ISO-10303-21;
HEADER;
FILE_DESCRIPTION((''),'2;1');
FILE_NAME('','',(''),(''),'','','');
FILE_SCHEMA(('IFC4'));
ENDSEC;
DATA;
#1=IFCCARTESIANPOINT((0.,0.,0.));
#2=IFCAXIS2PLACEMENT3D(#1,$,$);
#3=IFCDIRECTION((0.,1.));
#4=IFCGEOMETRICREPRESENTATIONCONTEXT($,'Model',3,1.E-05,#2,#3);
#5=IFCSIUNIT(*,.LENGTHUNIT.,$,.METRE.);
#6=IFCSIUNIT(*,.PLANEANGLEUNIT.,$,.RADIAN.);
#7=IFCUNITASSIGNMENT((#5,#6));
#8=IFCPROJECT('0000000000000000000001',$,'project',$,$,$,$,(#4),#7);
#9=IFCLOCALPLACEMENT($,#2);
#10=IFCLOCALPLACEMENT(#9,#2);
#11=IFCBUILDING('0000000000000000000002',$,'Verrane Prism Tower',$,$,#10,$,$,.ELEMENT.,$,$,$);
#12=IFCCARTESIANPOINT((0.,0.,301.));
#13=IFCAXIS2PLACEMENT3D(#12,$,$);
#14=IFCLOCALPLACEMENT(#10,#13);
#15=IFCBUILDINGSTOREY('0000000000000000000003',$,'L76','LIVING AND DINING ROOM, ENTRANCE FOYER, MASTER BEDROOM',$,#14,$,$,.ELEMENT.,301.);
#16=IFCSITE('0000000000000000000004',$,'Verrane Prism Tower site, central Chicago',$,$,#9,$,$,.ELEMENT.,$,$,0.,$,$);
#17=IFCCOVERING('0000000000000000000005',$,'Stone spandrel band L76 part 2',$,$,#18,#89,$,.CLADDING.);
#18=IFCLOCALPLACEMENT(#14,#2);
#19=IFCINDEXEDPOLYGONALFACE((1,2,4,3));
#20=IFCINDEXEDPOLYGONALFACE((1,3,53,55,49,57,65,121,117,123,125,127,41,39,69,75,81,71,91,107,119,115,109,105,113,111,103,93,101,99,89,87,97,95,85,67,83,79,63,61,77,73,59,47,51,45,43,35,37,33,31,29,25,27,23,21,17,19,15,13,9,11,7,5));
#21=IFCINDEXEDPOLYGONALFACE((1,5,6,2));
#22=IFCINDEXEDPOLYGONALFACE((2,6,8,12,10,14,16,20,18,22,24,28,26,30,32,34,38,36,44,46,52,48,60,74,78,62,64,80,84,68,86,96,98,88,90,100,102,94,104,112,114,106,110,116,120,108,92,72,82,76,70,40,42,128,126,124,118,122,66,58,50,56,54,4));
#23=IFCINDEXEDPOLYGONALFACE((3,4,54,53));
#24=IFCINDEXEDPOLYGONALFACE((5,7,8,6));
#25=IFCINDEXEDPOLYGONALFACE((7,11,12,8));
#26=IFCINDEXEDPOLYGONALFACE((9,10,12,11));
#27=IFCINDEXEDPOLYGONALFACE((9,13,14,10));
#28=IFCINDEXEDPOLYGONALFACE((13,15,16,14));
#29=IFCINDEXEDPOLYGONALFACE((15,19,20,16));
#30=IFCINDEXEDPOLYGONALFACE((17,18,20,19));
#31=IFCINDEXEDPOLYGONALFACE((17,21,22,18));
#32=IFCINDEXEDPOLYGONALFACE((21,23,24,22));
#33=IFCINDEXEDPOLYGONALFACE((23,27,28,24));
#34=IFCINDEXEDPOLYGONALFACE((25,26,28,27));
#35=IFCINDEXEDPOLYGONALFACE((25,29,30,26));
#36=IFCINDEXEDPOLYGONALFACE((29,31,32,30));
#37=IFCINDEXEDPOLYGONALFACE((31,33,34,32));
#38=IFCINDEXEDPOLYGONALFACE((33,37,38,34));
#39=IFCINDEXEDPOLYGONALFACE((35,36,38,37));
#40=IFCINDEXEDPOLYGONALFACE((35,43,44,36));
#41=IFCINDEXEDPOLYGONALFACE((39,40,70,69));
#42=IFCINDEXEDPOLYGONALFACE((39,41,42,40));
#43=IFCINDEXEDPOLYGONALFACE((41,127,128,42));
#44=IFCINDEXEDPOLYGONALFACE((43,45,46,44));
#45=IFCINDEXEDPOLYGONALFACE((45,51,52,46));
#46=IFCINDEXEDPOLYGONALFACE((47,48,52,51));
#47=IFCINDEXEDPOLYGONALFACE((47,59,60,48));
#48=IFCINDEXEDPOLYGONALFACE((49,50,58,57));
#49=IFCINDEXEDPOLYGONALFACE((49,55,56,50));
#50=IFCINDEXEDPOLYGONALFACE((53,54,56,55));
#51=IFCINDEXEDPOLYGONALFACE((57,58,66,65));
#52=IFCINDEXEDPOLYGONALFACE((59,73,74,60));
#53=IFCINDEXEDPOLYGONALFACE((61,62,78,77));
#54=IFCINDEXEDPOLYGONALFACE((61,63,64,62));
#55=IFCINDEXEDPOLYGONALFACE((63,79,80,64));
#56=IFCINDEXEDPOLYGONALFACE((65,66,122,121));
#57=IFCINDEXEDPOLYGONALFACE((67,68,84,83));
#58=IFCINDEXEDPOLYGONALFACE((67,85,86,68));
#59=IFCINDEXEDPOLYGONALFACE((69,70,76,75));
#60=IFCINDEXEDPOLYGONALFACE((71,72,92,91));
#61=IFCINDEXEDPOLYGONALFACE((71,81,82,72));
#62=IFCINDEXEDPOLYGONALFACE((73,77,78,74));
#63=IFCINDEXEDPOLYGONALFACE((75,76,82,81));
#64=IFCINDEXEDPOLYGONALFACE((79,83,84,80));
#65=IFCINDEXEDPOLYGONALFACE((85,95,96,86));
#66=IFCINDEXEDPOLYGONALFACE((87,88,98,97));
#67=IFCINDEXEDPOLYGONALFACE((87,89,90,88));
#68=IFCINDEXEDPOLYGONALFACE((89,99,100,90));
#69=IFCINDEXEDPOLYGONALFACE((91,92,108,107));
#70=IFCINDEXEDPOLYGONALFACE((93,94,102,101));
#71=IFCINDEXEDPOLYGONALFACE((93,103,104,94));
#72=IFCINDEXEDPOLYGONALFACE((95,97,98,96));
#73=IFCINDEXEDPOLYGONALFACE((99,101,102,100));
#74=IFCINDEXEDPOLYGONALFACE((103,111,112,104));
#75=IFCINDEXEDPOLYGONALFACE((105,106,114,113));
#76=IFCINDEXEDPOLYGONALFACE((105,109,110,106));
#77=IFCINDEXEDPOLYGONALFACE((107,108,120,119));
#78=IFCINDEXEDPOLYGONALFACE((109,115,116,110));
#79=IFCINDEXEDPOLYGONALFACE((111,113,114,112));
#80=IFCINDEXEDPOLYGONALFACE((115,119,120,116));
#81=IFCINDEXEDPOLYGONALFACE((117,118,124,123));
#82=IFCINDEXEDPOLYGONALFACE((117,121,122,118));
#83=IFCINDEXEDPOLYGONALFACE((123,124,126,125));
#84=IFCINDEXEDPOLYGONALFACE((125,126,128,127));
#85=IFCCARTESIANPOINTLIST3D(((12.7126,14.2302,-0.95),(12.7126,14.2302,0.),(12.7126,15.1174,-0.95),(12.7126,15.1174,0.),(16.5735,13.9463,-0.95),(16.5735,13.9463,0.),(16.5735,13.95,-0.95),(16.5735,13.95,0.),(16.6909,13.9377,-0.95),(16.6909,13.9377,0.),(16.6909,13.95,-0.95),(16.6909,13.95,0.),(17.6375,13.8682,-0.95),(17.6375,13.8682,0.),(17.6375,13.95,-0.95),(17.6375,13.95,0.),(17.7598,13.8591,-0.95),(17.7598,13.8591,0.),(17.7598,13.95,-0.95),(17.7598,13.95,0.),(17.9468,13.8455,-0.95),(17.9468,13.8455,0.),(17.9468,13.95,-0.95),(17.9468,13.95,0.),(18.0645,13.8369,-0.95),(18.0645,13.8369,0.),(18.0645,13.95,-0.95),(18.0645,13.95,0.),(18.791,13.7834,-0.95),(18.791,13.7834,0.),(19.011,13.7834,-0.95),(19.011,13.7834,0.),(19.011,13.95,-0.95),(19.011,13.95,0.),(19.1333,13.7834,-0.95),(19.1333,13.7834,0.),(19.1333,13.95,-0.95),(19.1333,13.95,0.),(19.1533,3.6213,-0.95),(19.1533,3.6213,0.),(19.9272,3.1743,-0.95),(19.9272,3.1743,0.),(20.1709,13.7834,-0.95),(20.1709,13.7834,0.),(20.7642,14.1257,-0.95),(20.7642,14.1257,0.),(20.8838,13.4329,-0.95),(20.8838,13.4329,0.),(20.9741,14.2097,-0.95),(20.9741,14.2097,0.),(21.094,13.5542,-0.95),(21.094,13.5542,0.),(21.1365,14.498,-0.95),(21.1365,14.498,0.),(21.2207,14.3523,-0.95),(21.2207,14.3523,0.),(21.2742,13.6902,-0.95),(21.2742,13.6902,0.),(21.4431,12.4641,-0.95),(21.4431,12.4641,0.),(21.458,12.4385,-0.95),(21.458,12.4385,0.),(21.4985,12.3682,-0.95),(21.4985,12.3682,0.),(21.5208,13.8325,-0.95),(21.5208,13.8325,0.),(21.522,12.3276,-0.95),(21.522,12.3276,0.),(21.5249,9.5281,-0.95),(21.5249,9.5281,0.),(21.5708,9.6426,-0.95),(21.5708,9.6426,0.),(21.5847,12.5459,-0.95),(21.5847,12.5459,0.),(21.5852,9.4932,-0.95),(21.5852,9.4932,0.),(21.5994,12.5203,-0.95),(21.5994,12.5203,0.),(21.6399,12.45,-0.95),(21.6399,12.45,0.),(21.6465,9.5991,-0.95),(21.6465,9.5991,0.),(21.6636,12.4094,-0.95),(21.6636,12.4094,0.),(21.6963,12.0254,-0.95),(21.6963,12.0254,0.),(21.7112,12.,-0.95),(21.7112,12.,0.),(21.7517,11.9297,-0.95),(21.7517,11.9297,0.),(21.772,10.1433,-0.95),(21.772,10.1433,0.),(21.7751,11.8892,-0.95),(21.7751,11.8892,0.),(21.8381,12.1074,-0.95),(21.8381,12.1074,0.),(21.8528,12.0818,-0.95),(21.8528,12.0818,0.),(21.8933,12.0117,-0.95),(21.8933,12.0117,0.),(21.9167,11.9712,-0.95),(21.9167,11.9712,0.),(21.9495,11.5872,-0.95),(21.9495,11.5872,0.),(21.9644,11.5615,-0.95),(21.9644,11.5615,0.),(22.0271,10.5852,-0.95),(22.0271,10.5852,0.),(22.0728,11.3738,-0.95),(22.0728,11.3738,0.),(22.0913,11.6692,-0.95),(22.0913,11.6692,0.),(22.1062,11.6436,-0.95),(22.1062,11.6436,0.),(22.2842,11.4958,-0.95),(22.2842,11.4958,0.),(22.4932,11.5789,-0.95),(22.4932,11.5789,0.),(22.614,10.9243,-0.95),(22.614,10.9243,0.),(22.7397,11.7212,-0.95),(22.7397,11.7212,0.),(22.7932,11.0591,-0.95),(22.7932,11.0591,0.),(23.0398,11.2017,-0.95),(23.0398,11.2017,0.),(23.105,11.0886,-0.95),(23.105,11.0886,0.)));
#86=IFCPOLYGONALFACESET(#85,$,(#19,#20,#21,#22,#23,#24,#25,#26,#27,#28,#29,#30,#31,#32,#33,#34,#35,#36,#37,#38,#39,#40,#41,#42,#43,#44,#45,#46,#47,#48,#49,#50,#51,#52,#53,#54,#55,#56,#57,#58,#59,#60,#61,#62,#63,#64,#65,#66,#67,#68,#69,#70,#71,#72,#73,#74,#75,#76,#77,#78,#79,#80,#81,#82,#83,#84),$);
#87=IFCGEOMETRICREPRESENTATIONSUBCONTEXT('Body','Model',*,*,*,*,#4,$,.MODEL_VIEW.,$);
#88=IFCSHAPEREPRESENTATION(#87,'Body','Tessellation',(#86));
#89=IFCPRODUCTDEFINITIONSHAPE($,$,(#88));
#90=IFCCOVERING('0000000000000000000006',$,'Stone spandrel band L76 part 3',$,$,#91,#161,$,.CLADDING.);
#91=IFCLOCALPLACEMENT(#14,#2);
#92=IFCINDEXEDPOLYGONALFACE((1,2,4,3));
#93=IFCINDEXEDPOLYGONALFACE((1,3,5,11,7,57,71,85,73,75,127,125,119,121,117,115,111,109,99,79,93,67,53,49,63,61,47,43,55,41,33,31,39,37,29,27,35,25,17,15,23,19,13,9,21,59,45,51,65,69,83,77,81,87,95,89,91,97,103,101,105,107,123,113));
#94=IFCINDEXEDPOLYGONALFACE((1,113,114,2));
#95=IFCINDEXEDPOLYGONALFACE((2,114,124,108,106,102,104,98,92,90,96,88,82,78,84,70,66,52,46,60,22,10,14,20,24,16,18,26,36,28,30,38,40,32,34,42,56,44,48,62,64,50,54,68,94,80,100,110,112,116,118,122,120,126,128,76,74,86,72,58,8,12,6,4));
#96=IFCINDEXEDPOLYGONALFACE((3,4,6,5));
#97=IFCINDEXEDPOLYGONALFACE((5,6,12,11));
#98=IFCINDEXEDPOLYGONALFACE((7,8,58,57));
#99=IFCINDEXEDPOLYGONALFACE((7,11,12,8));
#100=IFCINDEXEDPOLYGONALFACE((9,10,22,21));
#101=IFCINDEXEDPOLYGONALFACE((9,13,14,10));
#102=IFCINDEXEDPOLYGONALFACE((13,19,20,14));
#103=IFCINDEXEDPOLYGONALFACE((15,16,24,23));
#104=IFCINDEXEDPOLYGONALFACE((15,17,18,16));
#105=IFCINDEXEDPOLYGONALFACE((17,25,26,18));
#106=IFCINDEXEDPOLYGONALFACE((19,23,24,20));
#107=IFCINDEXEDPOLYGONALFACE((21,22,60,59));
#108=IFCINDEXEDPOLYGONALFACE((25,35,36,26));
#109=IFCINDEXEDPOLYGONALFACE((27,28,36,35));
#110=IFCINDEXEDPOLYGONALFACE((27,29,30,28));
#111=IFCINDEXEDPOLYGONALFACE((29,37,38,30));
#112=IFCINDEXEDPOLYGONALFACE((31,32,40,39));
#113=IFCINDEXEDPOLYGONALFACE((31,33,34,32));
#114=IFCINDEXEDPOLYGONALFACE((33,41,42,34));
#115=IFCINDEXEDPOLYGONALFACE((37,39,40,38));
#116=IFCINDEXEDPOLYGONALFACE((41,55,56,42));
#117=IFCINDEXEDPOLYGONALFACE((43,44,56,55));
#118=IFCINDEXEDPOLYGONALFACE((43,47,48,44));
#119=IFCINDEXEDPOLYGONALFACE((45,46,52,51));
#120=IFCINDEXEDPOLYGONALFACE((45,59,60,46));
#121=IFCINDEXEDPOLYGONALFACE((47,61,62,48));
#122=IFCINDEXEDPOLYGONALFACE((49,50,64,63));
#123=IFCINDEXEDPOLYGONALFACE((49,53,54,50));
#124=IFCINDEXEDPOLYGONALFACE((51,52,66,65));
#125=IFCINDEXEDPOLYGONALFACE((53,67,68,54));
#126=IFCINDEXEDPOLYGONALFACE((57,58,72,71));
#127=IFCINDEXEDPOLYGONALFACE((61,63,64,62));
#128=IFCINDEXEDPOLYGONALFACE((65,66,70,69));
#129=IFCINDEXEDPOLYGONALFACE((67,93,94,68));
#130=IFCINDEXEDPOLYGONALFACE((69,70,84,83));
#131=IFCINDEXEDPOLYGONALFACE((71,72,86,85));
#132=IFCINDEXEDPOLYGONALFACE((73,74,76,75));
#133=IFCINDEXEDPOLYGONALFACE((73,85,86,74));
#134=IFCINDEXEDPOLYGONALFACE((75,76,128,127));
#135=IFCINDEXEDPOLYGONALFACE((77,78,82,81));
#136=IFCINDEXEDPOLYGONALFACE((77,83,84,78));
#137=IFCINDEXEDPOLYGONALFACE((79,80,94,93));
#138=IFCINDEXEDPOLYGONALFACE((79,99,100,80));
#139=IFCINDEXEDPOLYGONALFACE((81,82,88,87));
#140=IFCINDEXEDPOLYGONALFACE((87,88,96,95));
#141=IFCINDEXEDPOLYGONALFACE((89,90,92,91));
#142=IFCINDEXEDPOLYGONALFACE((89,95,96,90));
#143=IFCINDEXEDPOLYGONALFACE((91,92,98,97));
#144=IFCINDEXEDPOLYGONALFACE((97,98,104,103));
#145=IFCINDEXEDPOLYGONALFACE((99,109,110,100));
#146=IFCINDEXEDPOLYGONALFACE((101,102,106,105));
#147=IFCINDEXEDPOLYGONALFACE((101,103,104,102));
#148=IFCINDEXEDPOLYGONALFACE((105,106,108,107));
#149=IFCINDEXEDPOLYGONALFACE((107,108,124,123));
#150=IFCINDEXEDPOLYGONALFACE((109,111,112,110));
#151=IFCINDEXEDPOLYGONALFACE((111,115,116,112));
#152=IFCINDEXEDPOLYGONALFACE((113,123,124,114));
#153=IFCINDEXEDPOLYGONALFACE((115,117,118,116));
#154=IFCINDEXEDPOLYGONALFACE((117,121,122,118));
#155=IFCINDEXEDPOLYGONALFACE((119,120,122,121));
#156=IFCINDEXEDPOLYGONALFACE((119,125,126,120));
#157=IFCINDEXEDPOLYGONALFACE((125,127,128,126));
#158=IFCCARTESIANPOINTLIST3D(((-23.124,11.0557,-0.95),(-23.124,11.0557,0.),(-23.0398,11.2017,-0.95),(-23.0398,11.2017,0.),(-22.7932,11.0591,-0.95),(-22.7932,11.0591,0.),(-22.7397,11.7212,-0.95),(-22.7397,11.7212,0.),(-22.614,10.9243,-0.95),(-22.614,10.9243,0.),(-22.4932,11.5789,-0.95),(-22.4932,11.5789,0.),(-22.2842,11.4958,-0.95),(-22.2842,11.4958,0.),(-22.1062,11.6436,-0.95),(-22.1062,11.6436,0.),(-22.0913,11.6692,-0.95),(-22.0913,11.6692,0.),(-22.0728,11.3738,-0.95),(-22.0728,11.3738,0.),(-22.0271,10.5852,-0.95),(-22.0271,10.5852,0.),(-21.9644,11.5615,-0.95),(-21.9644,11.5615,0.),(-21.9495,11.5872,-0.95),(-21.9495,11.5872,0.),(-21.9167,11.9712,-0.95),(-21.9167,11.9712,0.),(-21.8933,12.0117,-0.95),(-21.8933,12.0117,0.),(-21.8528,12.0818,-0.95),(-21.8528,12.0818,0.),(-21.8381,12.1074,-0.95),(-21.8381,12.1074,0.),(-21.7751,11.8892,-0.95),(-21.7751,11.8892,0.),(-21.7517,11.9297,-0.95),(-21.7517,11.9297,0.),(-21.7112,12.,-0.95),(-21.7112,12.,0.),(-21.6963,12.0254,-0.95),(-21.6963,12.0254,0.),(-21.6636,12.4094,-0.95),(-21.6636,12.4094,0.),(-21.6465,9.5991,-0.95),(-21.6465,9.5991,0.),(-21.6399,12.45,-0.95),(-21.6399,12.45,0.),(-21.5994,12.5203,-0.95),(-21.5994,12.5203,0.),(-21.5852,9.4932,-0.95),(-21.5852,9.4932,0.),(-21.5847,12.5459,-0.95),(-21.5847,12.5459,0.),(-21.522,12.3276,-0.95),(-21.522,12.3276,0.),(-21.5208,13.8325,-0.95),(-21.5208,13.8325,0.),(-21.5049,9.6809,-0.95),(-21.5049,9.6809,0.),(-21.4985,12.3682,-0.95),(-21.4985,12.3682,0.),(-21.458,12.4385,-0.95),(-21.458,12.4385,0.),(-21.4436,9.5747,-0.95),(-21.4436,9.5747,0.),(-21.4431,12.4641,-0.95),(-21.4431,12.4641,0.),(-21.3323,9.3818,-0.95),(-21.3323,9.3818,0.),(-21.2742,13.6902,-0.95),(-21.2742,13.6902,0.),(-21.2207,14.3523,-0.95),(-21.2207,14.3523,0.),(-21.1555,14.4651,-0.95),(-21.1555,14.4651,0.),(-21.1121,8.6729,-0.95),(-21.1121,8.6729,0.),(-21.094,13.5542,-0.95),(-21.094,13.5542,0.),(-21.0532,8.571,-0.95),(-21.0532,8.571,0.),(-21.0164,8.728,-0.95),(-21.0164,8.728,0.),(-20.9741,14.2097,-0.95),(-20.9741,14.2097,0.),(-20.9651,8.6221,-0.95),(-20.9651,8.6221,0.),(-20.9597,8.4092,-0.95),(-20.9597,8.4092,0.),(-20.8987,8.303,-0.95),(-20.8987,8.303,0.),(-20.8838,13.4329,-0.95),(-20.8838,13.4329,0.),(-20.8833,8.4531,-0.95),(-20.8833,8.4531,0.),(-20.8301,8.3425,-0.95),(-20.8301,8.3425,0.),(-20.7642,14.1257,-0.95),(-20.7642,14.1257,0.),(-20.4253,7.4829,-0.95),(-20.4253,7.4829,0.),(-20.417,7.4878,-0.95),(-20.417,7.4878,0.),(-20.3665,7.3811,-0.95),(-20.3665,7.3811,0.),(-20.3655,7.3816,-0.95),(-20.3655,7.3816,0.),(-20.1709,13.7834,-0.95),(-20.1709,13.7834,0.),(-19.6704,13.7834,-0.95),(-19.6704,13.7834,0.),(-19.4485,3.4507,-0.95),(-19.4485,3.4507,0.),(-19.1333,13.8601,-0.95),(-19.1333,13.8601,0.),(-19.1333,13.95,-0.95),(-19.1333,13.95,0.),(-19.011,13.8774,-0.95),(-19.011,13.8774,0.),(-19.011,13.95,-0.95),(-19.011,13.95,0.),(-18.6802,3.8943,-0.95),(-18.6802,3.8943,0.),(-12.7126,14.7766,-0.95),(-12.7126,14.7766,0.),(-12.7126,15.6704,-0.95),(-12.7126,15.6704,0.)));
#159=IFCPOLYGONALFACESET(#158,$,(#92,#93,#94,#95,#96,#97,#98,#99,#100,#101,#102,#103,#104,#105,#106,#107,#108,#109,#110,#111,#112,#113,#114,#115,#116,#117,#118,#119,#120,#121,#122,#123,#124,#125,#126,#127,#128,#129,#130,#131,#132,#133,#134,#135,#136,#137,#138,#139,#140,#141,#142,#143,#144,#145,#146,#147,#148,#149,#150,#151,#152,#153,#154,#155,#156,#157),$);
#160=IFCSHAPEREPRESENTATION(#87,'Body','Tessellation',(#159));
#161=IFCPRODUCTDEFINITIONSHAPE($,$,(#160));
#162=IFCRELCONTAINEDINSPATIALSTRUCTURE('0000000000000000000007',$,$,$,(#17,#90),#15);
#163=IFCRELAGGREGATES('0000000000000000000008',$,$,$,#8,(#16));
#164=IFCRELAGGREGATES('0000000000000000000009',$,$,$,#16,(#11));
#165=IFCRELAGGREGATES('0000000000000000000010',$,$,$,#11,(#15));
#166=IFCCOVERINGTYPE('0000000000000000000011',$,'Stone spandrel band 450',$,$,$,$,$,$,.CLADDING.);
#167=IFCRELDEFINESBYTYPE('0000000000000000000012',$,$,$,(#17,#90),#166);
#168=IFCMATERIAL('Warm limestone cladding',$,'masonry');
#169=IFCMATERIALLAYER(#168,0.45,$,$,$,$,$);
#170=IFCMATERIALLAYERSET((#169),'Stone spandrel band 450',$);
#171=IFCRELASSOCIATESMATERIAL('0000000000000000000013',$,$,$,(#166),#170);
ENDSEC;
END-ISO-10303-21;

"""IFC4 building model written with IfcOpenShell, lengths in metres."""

from ifc_helpers import new_model, si_unit, direction, frame, origin, place, context, subcontext, project, spatial, polyline, outline, extrude, material, layer, layer_set, type_object, element, save


model = new_model("IFC4")

# Units and contexts
model_context = context("Model", 3, precision=1e-05, world=origin(), true_north=direction((0.0, 1.0)))
body_context = subcontext(model_context, "Body", "Model", "MODEL_VIEW")
ifc_project = project(units=[si_unit("LENGTHUNIT", "METRE"), si_unit("PLANEANGLEUNIT", "RADIAN")], contexts=[model_context])

# Site, building, storey
site_placement = place(None, origin())
site = spatial("IfcSite", under=ifc_project, at=site_placement, Name="Verrane Prism Tower site, central Chicago", CompositionType="ELEMENT", RefElevation=0.0)
building_placement = place(site_placement, origin())
building = spatial("IfcBuilding", under=site, at=building_placement, Name="Verrane Prism Tower", CompositionType="ELEMENT")
storey_placement = place(building_placement, frame((0.0, 0.0, 301.0)))
storey = spatial("IfcBuildingStorey", under=building, at=storey_placement, Name="L76", Description="LIVING AND DINING ROOM, ENTRANCE FOYER, MASTER BEDROOM", CompositionType="ELEMENT", Elevation=301.0)

# Coverings
ifc_material_1 = material(Name="Warm limestone cladding", Category="masonry")
ifc_layer_1 = layer(ifc_material_1, 0.45)
ifc_layer_set_1 = layer_set([ifc_layer_1], Name="Stone spandrel band 450")
covering_type = type_object("IfcCoveringType", Name="Stone spandrel band 450", PredefinedType="CLADDING", material=ifc_layer_set_1)
covering_1_placement = place(storey_placement, frame((0.0, 0.0, -0.95)))
element("IfcCovering", 1, at=covering_1_placement, inside=storey, type_object=covering_type, Name="Stone spandrel band L76 part 2", PredefinedType="CLADDING", context=body_context, shape_type="SweptSolid", body=[
    extrude(outline(polyline([(12.7126, 14.2302), (16.5735, 13.9463), (16.5735, 13.95), (16.6909, 13.95), (16.6909, 13.9377), (17.6375, 13.8682), (17.6375, 13.95), (17.7598, 13.95), (17.7598, 13.8591), (17.9468, 13.8455), (17.9468, 13.95), (18.0645, 13.95), (18.0645, 13.8369), (18.791, 13.7834), (19.011, 13.7834), (19.011, 13.95), (19.1333, 13.95), (19.1333, 13.7834), (20.1709, 13.7834), (20.7642, 14.1257), (21.094, 13.5542), (20.8838, 13.4329), (21.4431, 12.4641), (21.5847, 12.5459), (21.5994, 12.5203), (21.458, 12.4385), (21.4985, 12.3682), (21.6399, 12.45), (21.6636, 12.4094), (21.522, 12.3276), (21.6963, 12.0254), (21.8381, 12.1074), (21.8528, 12.0818), (21.7112, 12.0), (21.7517, 11.9297), (21.8933, 12.0117), (21.9167, 11.9712), (21.7751, 11.8892), (21.9495, 11.5872), (22.0913, 11.6692), (22.1062, 11.6436), (21.9644, 11.5615), (22.0728, 11.3738), (22.2842, 11.4958), (22.614, 10.9243), (22.0271, 10.5852), (21.772, 10.1433), (21.5708, 9.6426), (21.6465, 9.5991), (21.5852, 9.4932), (21.5249, 9.5281), (19.1533, 3.6213), (19.9272, 3.1743), (23.105, 11.0886), (23.0398, 11.2017), (22.7932, 11.0591), (22.4932, 11.5789), (22.7397, 11.7212), (21.5208, 13.8325), (21.2742, 13.6902), (20.9741, 14.2097), (21.2207, 14.3523), (21.1365, 14.498), (12.7126, 15.1174), (12.7126, 14.2302)])), origin(), (0.0, 0.0, 1.0), 0.95),
])
covering_2_placement = place(storey_placement, frame((0.0, 0.0, -0.95)))
element("IfcCovering", 2, at=covering_2_placement, inside=storey, type_object=covering_type, Name="Stone spandrel band L76 part 3", PredefinedType="CLADDING", context=body_context, shape_type="SweptSolid", body=[
    extrude(outline(polyline([(-18.6802, 3.8943), (-20.3655, 7.3816), (-20.3665, 7.3811), (-20.4253, 7.4829), (-20.417, 7.4878), (-20.8301, 8.3425), (-20.8987, 8.303), (-20.9597, 8.4092), (-20.8833, 8.4531), (-20.9651, 8.6221), (-21.0532, 8.571), (-21.1121, 8.6729), (-21.0164, 8.728), (-21.3323, 9.3818), (-21.4436, 9.5747), (-21.5852, 9.4932), (-21.6465, 9.5991), (-21.5049, 9.6809), (-22.0271, 10.5852), (-22.614, 10.9243), (-22.2842, 11.4958), (-22.0728, 11.3738), (-21.9644, 11.5615), (-22.1062, 11.6436), (-22.0913, 11.6692), (-21.9495, 11.5872), (-21.7751, 11.8892), (-21.9167, 11.9712), (-21.8933, 12.0117), (-21.7517, 11.9297), (-21.7112, 12.0), (-21.8528, 12.0818), (-21.8381, 12.1074), (-21.6963, 12.0254), (-21.522, 12.3276), (-21.6636, 12.4094), (-21.6399, 12.45), (-21.4985, 12.3682), (-21.458, 12.4385), (-21.5994, 12.5203), (-21.5847, 12.5459), (-21.4431, 12.4641), (-20.8838, 13.4329), (-21.094, 13.5542), (-20.7642, 14.1257), (-20.1709, 13.7834), (-19.6704, 13.7834), (-19.1333, 13.8601), (-19.1333, 13.95), (-19.011, 13.95), (-19.011, 13.8774), (-12.7126, 14.7766), (-12.7126, 15.6704), (-21.1555, 14.4651), (-21.2207, 14.3523), (-20.9741, 14.2097), (-21.2742, 13.6902), (-21.5208, 13.8325), (-22.7397, 11.7212), (-22.4932, 11.5789), (-22.7932, 11.0591), (-23.0398, 11.2017), (-23.124, 11.0557), (-19.4485, 3.4507), (-18.6802, 3.8943)])), origin(), (0.0, 0.0, 1.0), 0.95),
])

save(model, "model.ifc")
